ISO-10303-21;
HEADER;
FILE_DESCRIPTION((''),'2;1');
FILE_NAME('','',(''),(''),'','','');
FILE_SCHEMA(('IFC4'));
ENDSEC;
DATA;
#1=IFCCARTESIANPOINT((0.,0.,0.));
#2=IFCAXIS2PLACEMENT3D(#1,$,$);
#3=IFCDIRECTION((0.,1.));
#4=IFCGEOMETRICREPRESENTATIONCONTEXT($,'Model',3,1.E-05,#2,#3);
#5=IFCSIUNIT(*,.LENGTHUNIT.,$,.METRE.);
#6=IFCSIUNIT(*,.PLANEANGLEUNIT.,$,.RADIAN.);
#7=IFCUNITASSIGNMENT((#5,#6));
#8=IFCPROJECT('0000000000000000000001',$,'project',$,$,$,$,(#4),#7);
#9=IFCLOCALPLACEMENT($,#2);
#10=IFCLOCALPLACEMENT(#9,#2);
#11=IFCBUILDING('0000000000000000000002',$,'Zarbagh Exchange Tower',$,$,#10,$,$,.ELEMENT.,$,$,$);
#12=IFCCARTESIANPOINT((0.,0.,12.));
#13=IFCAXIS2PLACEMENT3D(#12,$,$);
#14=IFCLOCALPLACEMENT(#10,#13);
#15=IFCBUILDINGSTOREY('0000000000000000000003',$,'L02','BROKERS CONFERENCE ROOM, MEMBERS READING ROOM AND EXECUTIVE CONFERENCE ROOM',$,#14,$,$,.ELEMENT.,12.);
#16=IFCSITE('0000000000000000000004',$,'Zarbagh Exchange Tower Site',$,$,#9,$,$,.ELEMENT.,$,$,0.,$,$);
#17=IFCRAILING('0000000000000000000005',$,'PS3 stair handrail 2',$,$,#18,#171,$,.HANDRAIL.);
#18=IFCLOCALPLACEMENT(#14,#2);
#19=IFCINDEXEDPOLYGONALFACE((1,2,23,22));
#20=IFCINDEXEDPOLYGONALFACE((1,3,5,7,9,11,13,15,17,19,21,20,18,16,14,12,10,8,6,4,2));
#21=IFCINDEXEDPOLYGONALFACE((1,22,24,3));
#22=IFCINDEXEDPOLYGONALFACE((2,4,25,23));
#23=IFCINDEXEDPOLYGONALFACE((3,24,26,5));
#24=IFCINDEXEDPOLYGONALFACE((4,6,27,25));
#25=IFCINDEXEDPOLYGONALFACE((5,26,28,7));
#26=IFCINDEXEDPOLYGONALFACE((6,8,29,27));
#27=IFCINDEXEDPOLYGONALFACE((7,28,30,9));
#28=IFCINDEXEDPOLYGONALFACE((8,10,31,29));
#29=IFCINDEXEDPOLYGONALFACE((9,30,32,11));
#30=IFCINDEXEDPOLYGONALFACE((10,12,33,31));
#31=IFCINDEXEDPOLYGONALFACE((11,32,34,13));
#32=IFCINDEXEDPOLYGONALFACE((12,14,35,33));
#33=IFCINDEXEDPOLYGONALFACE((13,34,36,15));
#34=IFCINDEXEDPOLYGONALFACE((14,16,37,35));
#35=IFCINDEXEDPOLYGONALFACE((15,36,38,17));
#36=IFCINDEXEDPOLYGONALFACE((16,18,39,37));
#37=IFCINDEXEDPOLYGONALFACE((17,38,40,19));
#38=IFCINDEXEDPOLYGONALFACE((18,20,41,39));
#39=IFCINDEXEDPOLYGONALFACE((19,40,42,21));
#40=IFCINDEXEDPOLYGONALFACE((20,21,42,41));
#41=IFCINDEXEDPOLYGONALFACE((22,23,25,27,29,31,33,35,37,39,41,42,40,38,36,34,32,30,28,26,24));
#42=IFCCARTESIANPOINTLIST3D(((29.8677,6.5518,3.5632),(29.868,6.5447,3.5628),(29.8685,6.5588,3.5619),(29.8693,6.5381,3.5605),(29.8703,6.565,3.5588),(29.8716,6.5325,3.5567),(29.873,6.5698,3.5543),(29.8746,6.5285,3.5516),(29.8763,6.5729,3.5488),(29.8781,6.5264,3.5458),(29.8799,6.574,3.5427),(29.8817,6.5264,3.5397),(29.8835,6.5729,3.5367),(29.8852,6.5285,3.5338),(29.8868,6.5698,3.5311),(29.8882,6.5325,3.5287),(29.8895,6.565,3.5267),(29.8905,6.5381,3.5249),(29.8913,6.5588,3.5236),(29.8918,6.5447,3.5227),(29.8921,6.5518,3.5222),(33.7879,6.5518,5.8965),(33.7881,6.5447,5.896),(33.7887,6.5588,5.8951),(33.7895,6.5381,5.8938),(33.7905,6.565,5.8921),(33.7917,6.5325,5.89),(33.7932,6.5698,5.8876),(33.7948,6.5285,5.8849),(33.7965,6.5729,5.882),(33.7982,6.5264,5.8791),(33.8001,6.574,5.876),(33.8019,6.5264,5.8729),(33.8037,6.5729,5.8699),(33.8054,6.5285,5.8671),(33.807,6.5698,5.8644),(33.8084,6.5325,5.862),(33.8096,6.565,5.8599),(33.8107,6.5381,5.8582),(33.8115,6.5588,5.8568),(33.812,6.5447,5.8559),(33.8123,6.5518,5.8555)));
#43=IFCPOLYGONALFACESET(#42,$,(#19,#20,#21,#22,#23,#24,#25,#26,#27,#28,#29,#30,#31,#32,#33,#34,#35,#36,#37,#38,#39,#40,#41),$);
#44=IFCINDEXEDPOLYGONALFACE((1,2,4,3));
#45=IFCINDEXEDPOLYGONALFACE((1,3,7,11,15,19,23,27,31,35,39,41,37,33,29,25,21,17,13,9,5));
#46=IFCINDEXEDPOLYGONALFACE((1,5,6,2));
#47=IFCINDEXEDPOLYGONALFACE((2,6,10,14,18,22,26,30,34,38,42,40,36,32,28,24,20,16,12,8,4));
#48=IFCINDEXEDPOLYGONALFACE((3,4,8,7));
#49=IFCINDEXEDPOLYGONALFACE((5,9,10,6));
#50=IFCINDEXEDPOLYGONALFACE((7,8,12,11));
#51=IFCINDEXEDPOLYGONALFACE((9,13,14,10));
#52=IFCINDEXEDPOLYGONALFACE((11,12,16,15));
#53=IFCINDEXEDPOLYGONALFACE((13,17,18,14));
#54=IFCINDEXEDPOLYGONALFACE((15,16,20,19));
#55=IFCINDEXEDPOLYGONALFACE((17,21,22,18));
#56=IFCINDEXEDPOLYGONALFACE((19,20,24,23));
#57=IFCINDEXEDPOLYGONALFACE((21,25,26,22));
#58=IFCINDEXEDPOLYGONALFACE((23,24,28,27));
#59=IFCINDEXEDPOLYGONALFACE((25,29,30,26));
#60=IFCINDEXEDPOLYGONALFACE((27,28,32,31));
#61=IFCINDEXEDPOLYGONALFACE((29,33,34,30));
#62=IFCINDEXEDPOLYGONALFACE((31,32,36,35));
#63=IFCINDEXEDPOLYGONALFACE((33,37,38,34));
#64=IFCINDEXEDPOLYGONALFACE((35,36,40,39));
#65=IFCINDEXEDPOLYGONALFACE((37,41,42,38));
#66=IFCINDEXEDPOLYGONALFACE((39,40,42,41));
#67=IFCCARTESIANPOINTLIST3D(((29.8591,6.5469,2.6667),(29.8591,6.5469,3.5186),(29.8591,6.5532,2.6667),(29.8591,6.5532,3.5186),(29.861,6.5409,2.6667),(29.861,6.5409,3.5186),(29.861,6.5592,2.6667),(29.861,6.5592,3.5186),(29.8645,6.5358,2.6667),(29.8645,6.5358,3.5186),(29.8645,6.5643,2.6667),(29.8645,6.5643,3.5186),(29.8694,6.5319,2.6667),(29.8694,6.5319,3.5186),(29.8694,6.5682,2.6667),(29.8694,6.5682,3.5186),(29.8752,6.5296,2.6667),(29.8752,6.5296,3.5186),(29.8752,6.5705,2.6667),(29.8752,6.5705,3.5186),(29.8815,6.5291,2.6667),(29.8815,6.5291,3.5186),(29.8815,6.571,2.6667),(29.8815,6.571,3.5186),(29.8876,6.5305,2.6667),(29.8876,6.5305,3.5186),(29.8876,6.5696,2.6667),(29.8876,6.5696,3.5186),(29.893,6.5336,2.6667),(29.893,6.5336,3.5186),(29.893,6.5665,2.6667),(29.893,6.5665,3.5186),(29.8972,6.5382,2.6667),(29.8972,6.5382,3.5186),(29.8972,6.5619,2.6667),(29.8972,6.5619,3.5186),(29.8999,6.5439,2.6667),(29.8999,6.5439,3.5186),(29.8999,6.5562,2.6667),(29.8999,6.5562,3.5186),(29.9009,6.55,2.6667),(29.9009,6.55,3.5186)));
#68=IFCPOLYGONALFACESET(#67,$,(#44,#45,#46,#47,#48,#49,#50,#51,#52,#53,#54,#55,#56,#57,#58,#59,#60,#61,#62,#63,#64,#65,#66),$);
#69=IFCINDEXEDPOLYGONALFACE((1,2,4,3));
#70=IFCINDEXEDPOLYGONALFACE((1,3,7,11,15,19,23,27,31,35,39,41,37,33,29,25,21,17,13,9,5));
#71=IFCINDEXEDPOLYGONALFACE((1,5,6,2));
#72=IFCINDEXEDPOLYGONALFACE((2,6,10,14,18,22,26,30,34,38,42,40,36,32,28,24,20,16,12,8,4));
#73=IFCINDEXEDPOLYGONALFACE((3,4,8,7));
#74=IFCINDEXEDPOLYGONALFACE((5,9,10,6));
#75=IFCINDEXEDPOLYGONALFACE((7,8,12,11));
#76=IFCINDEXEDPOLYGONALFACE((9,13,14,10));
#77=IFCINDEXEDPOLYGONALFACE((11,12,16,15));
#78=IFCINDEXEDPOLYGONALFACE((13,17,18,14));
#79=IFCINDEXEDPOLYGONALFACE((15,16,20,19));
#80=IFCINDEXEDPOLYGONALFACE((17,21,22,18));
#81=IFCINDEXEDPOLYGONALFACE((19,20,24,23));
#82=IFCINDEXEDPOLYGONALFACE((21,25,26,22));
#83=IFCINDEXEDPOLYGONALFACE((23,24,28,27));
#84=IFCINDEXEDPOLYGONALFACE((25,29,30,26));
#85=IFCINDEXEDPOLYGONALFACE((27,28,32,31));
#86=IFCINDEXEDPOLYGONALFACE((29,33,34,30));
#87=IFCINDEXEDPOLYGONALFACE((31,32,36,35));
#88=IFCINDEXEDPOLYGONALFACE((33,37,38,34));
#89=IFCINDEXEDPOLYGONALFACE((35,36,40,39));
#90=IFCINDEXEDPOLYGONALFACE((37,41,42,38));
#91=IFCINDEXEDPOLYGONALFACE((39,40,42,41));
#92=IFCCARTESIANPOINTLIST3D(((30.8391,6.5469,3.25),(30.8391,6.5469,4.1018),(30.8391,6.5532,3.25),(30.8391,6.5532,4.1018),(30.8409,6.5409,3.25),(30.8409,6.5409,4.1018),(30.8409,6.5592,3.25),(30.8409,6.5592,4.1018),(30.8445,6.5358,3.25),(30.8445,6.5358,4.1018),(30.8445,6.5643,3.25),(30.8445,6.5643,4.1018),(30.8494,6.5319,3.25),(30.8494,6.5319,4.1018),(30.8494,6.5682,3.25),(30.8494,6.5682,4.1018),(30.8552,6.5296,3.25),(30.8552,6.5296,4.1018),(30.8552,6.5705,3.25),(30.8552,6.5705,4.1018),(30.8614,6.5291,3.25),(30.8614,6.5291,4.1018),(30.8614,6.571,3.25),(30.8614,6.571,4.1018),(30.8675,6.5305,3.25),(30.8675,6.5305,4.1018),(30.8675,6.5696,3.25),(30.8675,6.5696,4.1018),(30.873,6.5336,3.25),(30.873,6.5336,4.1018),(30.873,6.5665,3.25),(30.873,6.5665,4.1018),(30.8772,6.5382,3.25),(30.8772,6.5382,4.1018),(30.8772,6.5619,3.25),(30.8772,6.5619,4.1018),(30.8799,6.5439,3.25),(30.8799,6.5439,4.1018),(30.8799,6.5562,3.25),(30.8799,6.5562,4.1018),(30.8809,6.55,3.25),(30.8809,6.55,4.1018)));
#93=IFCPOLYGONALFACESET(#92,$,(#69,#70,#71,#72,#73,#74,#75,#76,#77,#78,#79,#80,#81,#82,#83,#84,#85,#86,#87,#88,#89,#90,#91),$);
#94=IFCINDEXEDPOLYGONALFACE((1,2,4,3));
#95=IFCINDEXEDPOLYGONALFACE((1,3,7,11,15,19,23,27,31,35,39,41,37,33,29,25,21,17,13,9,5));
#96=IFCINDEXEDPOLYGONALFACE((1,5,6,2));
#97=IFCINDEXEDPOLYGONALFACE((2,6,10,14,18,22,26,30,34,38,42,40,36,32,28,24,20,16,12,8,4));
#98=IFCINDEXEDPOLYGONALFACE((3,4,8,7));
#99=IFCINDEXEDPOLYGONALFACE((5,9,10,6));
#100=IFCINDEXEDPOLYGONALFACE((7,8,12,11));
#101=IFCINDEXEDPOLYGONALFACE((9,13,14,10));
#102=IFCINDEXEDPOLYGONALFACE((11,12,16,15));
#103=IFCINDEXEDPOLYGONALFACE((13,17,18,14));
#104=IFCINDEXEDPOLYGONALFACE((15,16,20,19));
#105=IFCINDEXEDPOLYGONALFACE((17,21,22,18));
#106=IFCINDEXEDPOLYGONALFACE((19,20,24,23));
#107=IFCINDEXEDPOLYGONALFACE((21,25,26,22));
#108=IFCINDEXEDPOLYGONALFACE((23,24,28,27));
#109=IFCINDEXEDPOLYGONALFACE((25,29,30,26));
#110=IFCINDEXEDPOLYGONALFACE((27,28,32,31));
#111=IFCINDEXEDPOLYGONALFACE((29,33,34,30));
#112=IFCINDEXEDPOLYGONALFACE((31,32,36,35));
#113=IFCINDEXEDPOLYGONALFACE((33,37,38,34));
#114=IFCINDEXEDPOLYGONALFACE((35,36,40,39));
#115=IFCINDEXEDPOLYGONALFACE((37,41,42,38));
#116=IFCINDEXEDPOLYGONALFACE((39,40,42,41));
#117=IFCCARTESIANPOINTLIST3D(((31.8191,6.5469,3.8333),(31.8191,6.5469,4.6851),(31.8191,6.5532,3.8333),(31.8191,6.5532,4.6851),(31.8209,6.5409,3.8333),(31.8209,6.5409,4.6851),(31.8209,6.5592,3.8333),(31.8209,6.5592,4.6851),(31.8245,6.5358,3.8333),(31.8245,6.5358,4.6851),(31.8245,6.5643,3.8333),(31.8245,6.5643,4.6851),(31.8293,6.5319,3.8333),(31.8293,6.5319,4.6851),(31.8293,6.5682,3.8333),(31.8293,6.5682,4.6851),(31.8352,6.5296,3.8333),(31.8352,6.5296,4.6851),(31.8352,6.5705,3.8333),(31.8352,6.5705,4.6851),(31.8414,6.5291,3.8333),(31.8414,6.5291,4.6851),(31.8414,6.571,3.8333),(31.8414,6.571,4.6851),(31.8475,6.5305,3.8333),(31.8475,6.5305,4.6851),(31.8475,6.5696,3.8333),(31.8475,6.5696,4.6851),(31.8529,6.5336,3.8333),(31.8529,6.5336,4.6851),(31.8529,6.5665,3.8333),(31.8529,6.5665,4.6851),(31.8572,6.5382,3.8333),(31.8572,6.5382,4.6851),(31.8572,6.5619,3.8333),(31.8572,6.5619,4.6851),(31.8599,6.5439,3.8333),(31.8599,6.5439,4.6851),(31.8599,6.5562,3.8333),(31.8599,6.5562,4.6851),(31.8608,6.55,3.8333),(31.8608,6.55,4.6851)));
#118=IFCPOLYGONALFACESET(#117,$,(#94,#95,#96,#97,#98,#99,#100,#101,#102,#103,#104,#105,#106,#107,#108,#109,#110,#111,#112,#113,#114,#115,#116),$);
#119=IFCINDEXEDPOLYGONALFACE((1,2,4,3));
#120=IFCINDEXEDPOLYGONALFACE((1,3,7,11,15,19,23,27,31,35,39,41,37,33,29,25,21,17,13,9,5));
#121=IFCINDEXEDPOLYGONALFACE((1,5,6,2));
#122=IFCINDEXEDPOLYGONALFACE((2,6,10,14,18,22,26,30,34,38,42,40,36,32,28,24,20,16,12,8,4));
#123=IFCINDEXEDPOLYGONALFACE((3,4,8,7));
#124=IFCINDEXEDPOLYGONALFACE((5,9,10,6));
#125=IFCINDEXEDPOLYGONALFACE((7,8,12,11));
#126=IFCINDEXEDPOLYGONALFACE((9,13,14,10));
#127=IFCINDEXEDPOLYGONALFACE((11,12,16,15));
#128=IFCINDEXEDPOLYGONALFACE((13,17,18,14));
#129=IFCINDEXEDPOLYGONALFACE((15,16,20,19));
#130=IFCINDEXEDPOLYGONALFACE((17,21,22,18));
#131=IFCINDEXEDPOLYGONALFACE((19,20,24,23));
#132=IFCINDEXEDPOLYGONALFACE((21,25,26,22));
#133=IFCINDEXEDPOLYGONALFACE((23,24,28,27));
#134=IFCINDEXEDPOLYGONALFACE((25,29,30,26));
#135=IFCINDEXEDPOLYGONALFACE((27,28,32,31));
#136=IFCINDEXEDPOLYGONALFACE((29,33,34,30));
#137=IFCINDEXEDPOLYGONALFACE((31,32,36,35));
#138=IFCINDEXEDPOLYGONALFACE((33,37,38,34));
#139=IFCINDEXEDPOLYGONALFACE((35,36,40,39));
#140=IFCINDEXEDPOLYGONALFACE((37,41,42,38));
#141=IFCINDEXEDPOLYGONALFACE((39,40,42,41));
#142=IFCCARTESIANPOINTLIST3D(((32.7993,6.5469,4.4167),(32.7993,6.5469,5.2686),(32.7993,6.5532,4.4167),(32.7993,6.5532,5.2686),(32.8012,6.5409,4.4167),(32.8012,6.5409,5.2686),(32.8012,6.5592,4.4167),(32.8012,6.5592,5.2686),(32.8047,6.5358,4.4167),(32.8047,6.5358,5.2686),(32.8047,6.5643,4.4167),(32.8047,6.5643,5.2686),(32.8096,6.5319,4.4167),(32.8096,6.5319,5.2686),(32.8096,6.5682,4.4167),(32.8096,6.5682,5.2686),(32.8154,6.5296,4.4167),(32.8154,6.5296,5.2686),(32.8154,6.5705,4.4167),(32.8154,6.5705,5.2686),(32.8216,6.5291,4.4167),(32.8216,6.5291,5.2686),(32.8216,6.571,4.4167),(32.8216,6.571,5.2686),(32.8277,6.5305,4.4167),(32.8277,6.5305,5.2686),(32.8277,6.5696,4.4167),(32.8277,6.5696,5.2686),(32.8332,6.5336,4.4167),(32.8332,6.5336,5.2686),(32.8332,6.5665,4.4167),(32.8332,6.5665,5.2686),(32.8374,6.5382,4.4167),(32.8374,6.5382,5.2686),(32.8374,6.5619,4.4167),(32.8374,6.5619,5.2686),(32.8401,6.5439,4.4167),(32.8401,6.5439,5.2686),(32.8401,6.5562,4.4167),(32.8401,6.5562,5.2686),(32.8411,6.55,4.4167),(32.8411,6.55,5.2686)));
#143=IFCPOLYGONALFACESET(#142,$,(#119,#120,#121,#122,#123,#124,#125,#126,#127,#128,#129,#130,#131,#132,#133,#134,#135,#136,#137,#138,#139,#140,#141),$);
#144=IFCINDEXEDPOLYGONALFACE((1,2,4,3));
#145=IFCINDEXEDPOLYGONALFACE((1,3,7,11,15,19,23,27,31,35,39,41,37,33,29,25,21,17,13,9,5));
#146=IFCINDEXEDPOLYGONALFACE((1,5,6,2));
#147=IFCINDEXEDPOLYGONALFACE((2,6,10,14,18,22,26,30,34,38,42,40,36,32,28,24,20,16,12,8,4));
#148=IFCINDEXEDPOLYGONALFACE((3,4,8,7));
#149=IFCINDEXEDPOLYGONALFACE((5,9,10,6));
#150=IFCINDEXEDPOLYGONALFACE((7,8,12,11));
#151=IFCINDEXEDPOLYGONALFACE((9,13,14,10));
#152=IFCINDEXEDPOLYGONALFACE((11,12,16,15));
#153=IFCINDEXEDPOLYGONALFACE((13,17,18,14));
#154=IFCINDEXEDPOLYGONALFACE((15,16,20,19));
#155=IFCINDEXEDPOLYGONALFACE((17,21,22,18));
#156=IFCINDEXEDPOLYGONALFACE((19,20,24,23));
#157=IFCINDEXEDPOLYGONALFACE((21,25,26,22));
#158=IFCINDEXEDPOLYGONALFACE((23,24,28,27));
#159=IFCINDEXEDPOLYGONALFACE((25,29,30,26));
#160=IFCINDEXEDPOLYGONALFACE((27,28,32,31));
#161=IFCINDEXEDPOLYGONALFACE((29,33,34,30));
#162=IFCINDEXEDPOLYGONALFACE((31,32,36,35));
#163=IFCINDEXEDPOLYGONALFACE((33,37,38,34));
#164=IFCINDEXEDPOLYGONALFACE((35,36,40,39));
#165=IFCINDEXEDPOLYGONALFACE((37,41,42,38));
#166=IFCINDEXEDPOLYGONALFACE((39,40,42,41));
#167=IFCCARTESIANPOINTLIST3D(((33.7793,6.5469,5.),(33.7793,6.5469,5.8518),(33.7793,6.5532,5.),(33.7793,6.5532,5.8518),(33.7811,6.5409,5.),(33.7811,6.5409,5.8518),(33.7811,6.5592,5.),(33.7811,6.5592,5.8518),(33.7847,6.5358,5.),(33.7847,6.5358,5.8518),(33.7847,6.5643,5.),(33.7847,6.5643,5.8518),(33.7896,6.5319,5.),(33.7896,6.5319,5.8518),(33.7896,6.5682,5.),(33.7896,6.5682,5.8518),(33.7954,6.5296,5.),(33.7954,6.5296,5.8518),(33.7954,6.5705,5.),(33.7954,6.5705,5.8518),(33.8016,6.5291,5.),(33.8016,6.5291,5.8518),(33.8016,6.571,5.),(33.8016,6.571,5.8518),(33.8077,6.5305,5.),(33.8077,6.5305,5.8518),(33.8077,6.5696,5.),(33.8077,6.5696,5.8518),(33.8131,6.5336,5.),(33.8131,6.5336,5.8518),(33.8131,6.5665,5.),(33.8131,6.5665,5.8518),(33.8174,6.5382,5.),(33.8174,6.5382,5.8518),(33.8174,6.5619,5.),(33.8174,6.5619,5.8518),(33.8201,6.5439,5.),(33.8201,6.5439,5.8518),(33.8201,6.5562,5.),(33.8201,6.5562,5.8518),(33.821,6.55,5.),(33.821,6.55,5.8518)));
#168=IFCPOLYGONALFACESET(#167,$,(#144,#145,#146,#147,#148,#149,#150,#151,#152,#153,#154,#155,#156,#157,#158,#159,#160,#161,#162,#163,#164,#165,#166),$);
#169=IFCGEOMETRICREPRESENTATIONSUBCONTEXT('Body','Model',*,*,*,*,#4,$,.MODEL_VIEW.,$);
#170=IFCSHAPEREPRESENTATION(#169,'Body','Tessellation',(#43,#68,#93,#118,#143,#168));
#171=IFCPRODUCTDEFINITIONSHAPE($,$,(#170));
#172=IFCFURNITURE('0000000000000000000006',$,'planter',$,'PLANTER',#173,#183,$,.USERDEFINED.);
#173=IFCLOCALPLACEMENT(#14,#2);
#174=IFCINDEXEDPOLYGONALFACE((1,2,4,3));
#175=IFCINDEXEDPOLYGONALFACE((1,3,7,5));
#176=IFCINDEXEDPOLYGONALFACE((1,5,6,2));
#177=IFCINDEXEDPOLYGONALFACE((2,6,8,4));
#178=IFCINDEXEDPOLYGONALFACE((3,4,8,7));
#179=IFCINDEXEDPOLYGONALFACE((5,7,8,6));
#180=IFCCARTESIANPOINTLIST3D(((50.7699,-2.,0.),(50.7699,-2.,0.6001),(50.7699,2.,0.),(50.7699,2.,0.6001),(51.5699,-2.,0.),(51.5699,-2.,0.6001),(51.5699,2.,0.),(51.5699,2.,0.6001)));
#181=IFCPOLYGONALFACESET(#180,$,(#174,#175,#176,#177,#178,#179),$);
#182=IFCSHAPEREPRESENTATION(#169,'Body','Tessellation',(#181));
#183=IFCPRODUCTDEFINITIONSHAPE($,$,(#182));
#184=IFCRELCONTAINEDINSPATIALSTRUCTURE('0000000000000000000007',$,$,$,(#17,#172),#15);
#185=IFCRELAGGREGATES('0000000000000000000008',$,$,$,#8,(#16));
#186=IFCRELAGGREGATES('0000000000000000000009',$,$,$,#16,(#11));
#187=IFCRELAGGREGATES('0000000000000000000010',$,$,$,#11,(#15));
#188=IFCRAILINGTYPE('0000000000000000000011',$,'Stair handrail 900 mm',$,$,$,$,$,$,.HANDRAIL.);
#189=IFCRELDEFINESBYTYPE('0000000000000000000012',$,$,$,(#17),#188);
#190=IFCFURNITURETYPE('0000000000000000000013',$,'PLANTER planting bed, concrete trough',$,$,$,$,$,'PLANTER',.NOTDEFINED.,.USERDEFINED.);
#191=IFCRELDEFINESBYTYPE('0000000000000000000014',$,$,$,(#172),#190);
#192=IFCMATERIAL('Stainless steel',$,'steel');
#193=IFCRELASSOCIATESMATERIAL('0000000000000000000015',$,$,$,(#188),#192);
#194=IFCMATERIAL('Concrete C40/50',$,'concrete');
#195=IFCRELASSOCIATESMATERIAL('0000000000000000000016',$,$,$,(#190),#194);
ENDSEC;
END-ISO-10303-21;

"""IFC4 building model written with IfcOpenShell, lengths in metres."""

from ifc_helpers import new_model, si_unit, direction, frame, origin, origin_2d, place, context, subcontext, project, spatial, rectangle, circle, extrude, material, type_object, element, save


model = new_model("IFC4")

# Units and contexts
model_context = context("Model", 3, precision=1e-05, world=origin(), true_north=direction((0.0, 1.0)))
body_context = subcontext(model_context, "Body", "Model", "MODEL_VIEW")
ifc_project = project(units=[si_unit("LENGTHUNIT", "METRE"), si_unit("PLANEANGLEUNIT", "RADIAN")], contexts=[model_context])

# Site, building, storey
site_placement = place(None, origin())
site = spatial("IfcSite", under=ifc_project, at=site_placement, Name="Zarbagh Exchange Tower Site", CompositionType="ELEMENT", RefElevation=0.0)
building_placement = place(site_placement, origin())
building = spatial("IfcBuilding", under=site, at=building_placement, Name="Zarbagh Exchange Tower", CompositionType="ELEMENT")
storey_placement = place(building_placement, frame((0.0, 0.0, 12.0)))
storey = spatial("IfcBuildingStorey", under=building, at=storey_placement, Name="L02", Description="BROKERS CONFERENCE ROOM, MEMBERS READING ROOM AND EXECUTIVE CONFERENCE ROOM", CompositionType="ELEMENT", Elevation=12.0)

# Shared definitions
ifc_material_1 = material(Name="Concrete C40/50", Category="concrete")

# Railing
ifc_material_2 = material(Name="Stainless steel", Category="steel")
railing_type_1 = type_object("IfcRailingType", Name="Stair handrail 900 mm", PredefinedType="HANDRAIL", material=ifc_material_2)
railing_1_placement = place(storey_placement, frame((29.8799, 6.55, 2.6667)))
element("IfcRailing", 1, at=railing_1_placement, inside=storey, type_object=railing_type_1, Name="PS3 stair handrail 2", PredefinedType="HANDRAIL", context=body_context, shape_type="SweptSolid", body=[
    extrude(circle(Radius=0.0239, at=origin_2d()), frame((0.0, 0.0, 0.876), z_axis=(0.85931, 0.0, 0.511455), x_axis=(0.0, 1.0, 0.0)), (0.0, 0.0, 1.0), 4.562),
    extrude(circle(Radius=0.021, at=origin_2d()), origin(), (0.0, 0.0, 1.0), 0.8518),
    extrude(circle(Radius=0.021, at=origin_2d()), frame((0.98, 0.0, 0.5833)), (0.0, 0.0, 1.0), 0.8518),
    extrude(circle(Radius=0.021, at=origin_2d()), frame((1.96, 0.0, 1.1665)), (0.0, 0.0, 1.0), 0.8518),
    extrude(circle(Radius=0.021, at=origin_2d()), frame((2.9402, 0.0, 1.75)), (0.0, 0.0, 1.0), 0.8518),
    extrude(circle(Radius=0.021, at=origin_2d()), frame((3.9202, 0.0, 2.3333)), (0.0, 0.0, 1.0), 0.8518),
])

# Furniture
furniture_type = type_object("IfcFurnitureType", Name="PLANTER planting bed, concrete trough", ElementType="PLANTER", AssemblyPlace="NOTDEFINED", PredefinedType="USERDEFINED", material=ifc_material_1)
furniture_placement = place(storey_placement, frame((51.1699, 0.0, 0.0), z_axis=(0.0, 0.0, 1.0), x_axis=(0.0, -1.0, 0.0)))
element("IfcFurniture", 2, at=furniture_placement, inside=storey, type_object=furniture_type, Name="planter", ObjectType="PLANTER", PredefinedType="USERDEFINED", context=body_context, shape_type="SweptSolid", body=[
    extrude(rectangle(XDim=4.0, YDim=0.8, at=origin_2d()), origin(), (0.0, 0.0, 1.0), 0.6001),
])

save(model, "model.ifc")
